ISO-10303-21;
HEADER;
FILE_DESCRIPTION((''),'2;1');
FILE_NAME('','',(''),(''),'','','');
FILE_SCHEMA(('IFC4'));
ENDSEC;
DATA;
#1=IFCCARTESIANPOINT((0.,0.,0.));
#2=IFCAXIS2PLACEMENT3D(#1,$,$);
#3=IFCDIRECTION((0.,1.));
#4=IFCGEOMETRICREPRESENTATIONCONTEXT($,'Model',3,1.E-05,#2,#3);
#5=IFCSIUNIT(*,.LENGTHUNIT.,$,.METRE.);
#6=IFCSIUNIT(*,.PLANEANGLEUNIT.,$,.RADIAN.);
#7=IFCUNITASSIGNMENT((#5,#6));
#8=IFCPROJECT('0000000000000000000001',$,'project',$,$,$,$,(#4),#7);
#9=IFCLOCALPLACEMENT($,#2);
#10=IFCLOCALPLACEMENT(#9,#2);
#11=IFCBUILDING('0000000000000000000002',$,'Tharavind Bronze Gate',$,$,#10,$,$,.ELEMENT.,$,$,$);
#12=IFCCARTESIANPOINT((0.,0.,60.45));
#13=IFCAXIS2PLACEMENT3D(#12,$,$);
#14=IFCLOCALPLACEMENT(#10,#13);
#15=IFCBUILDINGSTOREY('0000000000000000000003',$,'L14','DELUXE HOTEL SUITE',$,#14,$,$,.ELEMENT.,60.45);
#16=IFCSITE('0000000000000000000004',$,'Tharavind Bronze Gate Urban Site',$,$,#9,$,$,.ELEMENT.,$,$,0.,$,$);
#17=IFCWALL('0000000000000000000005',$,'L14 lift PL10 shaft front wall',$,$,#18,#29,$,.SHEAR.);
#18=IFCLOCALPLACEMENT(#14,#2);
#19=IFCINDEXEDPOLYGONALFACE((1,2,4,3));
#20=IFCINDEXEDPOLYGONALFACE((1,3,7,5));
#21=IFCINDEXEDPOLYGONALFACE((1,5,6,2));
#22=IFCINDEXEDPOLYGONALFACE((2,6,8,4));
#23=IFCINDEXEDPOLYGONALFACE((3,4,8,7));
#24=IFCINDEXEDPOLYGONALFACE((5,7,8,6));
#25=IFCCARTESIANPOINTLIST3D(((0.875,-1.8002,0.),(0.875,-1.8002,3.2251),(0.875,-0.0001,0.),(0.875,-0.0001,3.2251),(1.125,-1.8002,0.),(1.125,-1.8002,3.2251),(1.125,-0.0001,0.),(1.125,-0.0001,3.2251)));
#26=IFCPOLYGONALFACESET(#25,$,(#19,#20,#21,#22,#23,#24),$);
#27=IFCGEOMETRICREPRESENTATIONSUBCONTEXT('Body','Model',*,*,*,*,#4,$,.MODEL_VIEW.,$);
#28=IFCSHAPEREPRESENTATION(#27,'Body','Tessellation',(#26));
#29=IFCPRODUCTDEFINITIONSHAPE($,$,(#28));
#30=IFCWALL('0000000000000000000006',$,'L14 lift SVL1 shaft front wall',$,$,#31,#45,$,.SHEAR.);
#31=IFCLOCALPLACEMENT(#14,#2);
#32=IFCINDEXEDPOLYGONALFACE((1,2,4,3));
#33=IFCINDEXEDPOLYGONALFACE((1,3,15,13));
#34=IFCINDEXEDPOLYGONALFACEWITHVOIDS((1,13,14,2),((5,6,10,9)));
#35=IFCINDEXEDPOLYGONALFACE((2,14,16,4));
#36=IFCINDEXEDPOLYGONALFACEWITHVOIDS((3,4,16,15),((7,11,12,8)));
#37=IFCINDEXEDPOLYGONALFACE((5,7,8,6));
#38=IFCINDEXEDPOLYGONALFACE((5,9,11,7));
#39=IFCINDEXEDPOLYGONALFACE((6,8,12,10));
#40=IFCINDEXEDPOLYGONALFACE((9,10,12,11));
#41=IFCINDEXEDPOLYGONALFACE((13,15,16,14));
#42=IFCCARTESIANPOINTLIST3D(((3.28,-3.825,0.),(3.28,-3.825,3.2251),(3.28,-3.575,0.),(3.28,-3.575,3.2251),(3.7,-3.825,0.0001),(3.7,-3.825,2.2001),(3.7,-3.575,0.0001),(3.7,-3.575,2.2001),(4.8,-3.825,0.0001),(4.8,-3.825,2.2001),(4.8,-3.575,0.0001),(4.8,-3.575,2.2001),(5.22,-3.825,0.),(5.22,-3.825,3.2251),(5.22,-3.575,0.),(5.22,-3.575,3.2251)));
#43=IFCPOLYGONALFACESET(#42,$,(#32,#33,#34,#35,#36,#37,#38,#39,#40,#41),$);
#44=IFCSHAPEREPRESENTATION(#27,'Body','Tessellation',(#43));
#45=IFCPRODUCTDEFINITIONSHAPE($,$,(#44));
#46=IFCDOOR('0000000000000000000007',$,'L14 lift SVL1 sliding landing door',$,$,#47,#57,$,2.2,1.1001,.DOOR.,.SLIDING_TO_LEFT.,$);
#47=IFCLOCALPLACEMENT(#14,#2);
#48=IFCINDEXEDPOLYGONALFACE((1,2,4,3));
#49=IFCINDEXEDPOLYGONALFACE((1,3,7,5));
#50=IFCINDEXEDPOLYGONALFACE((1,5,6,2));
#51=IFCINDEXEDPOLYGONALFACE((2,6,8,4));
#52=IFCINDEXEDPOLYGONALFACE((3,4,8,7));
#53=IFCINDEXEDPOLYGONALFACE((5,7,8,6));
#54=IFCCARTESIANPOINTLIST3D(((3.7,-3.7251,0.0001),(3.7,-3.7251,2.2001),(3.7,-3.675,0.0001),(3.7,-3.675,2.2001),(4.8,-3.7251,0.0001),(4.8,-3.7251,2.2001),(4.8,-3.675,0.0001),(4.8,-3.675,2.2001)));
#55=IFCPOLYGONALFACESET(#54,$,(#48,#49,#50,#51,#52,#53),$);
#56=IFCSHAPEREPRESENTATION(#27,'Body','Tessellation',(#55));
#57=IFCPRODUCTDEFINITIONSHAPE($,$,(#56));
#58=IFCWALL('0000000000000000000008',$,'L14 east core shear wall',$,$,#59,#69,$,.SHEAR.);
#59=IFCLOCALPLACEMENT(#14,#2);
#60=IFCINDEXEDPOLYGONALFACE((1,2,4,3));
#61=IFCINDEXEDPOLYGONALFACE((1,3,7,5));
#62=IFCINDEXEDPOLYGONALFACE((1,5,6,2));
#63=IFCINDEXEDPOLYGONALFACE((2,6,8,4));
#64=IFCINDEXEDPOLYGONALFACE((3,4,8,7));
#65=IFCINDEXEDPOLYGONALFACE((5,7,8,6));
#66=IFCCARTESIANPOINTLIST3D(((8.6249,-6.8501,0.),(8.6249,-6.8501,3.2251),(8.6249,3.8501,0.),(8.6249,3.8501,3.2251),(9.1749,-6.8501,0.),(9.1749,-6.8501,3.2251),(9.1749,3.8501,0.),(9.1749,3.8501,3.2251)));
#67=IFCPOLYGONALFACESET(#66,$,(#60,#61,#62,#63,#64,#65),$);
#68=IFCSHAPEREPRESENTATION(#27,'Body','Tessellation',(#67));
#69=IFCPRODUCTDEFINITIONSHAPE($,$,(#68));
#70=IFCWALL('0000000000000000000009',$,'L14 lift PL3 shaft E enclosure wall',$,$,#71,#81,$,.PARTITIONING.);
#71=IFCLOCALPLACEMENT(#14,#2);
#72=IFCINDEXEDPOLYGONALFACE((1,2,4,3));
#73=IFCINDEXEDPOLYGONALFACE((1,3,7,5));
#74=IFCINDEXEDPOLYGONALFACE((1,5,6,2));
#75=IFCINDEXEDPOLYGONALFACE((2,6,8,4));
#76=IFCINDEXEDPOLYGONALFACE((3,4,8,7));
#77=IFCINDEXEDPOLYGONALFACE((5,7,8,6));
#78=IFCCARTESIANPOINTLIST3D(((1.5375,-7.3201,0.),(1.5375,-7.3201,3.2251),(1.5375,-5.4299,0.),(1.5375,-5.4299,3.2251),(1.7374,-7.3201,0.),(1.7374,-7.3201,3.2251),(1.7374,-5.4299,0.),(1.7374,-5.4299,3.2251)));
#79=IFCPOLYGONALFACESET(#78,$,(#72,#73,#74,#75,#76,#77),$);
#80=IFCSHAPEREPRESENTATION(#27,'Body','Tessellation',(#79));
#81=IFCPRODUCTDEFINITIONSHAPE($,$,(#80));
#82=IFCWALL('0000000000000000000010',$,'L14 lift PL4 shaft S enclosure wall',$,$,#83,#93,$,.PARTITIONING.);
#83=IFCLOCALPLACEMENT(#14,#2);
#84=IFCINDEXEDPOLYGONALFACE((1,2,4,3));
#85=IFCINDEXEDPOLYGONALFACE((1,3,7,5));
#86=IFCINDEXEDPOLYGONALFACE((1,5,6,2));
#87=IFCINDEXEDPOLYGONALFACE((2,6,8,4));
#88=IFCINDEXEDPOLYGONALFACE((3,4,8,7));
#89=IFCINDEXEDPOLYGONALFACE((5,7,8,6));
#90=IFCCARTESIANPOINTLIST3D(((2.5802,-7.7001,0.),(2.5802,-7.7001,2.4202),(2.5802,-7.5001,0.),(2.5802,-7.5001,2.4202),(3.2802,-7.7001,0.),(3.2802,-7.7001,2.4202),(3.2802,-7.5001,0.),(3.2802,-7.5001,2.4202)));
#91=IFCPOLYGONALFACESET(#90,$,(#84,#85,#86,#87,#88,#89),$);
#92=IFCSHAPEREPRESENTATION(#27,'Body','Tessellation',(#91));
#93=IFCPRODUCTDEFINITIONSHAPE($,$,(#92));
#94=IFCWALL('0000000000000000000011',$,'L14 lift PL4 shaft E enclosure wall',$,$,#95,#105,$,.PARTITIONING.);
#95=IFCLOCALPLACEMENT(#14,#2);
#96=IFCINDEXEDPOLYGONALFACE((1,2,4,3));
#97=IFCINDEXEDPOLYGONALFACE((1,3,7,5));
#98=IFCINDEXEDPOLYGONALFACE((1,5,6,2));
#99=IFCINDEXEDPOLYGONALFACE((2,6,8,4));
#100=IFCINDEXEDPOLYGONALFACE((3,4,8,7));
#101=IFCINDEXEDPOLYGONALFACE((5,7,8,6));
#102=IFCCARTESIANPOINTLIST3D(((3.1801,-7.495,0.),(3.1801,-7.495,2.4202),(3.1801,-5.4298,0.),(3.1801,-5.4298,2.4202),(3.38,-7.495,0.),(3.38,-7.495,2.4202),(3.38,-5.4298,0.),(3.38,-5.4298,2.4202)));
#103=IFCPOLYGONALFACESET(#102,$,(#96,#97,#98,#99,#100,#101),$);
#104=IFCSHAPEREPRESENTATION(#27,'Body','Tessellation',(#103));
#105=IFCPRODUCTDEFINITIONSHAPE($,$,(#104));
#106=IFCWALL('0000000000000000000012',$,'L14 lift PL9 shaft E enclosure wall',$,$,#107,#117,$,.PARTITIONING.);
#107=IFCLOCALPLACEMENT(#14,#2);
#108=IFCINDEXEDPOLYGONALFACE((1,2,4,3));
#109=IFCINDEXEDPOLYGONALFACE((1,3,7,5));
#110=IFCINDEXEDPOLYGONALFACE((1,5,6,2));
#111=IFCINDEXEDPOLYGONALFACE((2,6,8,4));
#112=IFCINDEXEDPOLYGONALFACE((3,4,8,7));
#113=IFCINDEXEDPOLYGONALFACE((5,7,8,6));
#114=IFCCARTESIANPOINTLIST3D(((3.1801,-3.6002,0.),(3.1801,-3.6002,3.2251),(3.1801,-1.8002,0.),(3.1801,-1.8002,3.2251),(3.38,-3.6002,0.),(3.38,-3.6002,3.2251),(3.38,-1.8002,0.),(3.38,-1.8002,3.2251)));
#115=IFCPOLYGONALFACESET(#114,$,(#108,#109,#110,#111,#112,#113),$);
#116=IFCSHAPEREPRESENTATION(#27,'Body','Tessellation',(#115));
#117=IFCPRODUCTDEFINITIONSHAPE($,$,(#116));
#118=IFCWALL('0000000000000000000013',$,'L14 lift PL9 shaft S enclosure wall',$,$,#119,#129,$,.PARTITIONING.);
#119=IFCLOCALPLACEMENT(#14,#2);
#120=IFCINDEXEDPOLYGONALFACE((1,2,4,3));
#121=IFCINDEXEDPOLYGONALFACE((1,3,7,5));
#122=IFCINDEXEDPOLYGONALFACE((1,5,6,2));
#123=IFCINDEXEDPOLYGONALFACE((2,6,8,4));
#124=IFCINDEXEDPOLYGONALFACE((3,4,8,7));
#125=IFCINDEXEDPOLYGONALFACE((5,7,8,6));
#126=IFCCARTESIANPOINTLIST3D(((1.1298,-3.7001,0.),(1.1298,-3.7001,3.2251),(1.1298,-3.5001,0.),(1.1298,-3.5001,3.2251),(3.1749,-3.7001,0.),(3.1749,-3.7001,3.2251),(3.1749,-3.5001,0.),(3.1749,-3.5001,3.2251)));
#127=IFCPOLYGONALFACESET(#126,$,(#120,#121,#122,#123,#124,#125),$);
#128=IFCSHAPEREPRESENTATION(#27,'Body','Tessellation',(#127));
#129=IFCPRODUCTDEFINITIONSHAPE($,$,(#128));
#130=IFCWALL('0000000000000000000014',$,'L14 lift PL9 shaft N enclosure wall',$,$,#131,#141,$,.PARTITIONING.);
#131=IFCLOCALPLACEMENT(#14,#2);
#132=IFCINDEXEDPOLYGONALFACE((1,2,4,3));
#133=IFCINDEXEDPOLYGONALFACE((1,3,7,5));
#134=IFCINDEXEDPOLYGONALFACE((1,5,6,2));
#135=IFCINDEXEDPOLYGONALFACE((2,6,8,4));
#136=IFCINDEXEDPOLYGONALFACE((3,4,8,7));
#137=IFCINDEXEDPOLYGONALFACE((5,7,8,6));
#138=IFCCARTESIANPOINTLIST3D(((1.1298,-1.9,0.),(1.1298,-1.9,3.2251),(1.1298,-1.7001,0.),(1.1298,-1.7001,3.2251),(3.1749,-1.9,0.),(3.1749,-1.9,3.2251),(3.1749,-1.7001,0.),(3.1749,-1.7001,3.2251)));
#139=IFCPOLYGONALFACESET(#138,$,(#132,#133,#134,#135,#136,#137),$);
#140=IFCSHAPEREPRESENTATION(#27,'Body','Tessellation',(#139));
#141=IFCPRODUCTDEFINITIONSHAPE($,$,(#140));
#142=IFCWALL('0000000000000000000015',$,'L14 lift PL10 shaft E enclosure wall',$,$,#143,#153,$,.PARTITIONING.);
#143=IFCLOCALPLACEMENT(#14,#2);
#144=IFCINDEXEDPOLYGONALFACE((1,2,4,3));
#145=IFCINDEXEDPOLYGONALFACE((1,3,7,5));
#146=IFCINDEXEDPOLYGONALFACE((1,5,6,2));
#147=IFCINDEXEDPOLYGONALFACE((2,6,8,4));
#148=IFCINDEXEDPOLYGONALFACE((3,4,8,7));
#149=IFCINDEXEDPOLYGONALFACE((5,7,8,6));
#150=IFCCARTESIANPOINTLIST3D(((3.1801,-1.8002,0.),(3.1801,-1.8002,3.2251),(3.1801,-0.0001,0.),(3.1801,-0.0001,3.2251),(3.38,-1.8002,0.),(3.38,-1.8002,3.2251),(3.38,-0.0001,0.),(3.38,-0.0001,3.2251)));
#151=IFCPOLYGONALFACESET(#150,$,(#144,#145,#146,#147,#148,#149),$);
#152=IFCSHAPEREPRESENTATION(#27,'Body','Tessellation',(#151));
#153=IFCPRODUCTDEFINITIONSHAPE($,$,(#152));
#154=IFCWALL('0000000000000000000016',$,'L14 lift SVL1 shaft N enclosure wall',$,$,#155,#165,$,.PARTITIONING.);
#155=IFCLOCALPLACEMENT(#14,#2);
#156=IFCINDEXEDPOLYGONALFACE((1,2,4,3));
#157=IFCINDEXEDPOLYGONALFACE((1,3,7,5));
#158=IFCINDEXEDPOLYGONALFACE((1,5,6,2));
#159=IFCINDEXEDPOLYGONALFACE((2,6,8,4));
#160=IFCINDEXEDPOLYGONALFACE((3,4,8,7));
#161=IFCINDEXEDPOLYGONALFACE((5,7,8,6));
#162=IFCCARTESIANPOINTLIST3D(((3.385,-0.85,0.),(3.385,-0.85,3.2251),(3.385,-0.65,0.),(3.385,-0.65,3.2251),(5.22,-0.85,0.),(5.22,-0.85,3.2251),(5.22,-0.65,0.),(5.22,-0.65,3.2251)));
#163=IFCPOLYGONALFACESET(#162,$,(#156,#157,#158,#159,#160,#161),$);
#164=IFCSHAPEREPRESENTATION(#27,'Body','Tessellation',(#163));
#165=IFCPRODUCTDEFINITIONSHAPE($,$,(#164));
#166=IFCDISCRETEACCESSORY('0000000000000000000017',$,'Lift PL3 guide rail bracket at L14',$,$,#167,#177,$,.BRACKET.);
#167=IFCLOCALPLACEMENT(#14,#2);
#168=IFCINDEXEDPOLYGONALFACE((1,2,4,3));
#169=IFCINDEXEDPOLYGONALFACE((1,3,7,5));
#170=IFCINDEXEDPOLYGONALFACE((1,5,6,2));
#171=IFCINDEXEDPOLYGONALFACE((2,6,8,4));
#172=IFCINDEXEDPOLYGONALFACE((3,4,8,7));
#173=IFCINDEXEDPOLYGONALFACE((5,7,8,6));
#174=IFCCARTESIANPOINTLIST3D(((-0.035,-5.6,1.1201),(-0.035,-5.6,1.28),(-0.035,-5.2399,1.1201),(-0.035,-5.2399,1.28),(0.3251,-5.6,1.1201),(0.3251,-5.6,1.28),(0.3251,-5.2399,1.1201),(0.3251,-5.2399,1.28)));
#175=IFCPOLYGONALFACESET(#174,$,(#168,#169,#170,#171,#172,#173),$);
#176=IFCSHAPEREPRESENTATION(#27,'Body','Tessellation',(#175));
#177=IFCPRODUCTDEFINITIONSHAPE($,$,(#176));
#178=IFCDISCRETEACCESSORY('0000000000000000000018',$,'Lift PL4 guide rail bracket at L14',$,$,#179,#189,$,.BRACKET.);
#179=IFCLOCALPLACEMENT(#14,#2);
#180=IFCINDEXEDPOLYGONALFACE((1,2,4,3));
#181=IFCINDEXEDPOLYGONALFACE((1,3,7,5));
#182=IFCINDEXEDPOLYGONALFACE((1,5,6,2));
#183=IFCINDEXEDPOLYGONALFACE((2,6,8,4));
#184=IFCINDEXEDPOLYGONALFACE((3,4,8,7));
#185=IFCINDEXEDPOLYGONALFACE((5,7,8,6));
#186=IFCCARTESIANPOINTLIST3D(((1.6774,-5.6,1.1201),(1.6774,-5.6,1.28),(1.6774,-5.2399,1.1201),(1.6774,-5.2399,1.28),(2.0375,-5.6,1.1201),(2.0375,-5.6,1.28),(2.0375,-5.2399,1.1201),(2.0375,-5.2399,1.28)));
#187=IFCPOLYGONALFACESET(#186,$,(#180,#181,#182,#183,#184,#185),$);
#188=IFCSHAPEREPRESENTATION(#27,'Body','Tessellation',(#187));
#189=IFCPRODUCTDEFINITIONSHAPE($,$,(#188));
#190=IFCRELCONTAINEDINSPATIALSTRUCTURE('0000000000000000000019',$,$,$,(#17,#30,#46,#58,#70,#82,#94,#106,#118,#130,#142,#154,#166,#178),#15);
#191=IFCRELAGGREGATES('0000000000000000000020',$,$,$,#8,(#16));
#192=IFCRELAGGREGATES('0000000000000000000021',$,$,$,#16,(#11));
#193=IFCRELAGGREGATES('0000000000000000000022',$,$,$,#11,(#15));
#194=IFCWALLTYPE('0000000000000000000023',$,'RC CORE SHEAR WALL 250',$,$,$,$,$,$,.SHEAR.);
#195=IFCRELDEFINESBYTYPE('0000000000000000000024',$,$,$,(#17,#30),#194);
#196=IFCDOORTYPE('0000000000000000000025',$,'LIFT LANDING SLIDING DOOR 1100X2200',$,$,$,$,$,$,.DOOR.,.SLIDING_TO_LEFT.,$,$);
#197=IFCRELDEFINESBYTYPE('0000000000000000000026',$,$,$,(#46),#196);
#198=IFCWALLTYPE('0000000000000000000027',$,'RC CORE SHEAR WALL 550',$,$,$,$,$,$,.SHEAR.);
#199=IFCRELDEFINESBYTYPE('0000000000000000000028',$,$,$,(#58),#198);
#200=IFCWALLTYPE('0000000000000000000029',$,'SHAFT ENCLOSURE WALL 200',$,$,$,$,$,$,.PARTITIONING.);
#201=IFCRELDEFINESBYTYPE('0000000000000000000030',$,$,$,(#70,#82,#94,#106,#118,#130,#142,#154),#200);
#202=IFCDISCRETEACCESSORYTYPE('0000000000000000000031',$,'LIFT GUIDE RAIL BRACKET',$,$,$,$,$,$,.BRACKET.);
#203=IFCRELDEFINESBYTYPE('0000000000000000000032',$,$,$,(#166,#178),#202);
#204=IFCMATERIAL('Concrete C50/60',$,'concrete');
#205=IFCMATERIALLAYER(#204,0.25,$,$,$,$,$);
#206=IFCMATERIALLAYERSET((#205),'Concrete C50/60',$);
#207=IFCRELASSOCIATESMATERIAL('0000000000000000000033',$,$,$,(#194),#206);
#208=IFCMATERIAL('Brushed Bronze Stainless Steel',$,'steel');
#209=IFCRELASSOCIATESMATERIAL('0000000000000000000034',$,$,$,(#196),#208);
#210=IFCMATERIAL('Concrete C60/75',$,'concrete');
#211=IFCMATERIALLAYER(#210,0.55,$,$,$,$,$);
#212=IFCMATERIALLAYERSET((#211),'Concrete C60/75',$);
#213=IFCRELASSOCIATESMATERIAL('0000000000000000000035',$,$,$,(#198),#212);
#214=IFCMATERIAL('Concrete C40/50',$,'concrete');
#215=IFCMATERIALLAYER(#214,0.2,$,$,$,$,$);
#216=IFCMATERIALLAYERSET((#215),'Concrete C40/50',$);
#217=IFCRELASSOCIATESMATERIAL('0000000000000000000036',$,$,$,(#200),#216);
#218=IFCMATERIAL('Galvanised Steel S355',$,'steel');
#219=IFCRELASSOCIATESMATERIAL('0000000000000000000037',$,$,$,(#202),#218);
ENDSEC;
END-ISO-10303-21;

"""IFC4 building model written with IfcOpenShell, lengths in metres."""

from ifc_helpers import new_model, si_unit, direction, frame, frame_2d, origin, origin_2d, place, context, subcontext, project, spatial, rectangle, extrude, material, layer, layer_set, type_object, element, fill, save


model = new_model("IFC4")

# Units and contexts
model_context = context("Model", 3, precision=1e-05, world=origin(), true_north=direction((0.0, 1.0)))
body_context = subcontext(model_context, "Body", "Model", "MODEL_VIEW")
ifc_project = project(units=[si_unit("LENGTHUNIT", "METRE"), si_unit("PLANEANGLEUNIT", "RADIAN")], contexts=[model_context])

# Site, building, storey
site_placement = place(None, origin())
site = spatial("IfcSite", under=ifc_project, at=site_placement, Name="Tharavind Bronze Gate Urban Site", CompositionType="ELEMENT", RefElevation=0.0)
building_placement = place(site_placement, origin())
building = spatial("IfcBuilding", under=site, at=building_placement, Name="Tharavind Bronze Gate", CompositionType="ELEMENT")
storey_placement = place(building_placement, frame((0.0, 0.0, 60.45)))
storey = spatial("IfcBuildingStorey", under=building, at=storey_placement, Name="L14", Description="DELUXE HOTEL SUITE", CompositionType="ELEMENT", Elevation=60.45)

# Shared definitions
ifc_material_1 = material(Name="Concrete C50/60", Category="concrete")
ifc_layer_1 = layer(ifc_material_1, 0.25)
ifc_layer_set_1 = layer_set([ifc_layer_1], Name="Concrete C50/60")
wall_type_1 = type_object("IfcWallType", Name="RC CORE SHEAR WALL 250", PredefinedType="SHEAR", material=ifc_layer_set_1)

# Shared definitions
ifc_material_2 = material(Name="Brushed Bronze Stainless Steel", Category="steel")
door_type_1 = type_object("IfcDoorType", Name="LIFT LANDING SLIDING DOOR 1100X2200", OperationType="SLIDING_TO_LEFT", PredefinedType="DOOR", material=ifc_material_2)

# Wall
for number, where, z_axis, x_axis, name in (
    (1, (1.0, -1.8, 0.0), (0.0, 0.0, 1.0), (0.0, 1.0, 0.0), "L14 lift PL10 shaft front wall"),
):
    element("IfcWall", number, at=place(storey_placement, frame(where, z_axis=z_axis, x_axis=x_axis)), inside=storey, type_object=wall_type_1, Name=name, PredefinedType="SHEAR", context=body_context, shape_type="SweptSolid", body=[
        extrude(rectangle(XDim=1.8, YDim=0.25, at=frame_2d((0.8999, 0.0))), origin(), (0.0, 0.0, 1.0), 3.2251),
    ])

# Wall, opening, door
wall_1_placement = place(storey_placement, frame((3.28, -3.7, 0.0), z_axis=(0.0, 0.0, 1.0), x_axis=(1.0, 0.0, 0.0)))
wall_1 = element("IfcWall", 2, at=wall_1_placement, inside=storey, type_object=wall_type_1, Name="L14 lift SVL1 shaft front wall", PredefinedType="SHEAR", context=body_context, shape_type="SweptSolid", body=[
    extrude(rectangle(XDim=1.9399, YDim=0.25, at=frame_2d((0.97, 0.0))), origin(), (0.0, 0.0, 1.0), 3.2251),
])
opening_1_placement = place(wall_1_placement, frame((0.4199, 0.0, 0.0)))
opening_1 = element("IfcOpeningElement", 3, at=opening_1_placement, cuts=wall_1, PredefinedType="OPENING", context=body_context, shape_type="SweptSolid", body=[
    extrude(rectangle(XDim=1.1001, YDim=2.2, at=frame_2d((0.55, 1.1001))), frame((0.0, 0.135, 0.0), z_axis=(0.0, -1.0, 0.0), x_axis=(1.0, 0.0, 0.0)), (0.0, 0.0, 1.0), 0.27),
])
door_1_placement = place(opening_1_placement, origin())
door_1 = element("IfcDoor", 4, at=door_1_placement, inside=storey, type_object=door_type_1, Name="L14 lift SVL1 sliding landing door", OperationType="SLIDING_TO_LEFT", OverallHeight=2.2, OverallWidth=1.1001, PredefinedType="DOOR", context=body_context, shape_type="SweptSolid", body=[
    extrude(rectangle(XDim=1.1001, YDim=2.2, at=frame_2d((0.55, 1.1001))), frame((0.0, 0.0249, 0.0), z_axis=(0.0, -1.0, 0.0), x_axis=(1.0, 0.0, 0.0)), (0.0, 0.0, 1.0), 0.05),
])
fill(opening_1, door_1)

# Walls
ifc_material_3 = material(Name="Concrete C60/75", Category="concrete")
ifc_layer_2 = layer(ifc_material_3, 0.55)
ifc_layer_set_2 = layer_set([ifc_layer_2], Name="Concrete C60/75")
wall_type_2 = type_object("IfcWallType", Name="RC CORE SHEAR WALL 550", PredefinedType="SHEAR", material=ifc_layer_set_2)
wall_2_placement = place(storey_placement, frame((8.8999, -6.8501, 0.0), z_axis=(0.0, 0.0, 1.0), x_axis=(0.0, 1.0, 0.0)))
element("IfcWall", 5, at=wall_2_placement, inside=storey, type_object=wall_type_2, Name="L14 east core shear wall", PredefinedType="SHEAR", context=body_context, shape_type="SweptSolid", body=[
    extrude(rectangle(XDim=10.7002, YDim=0.55, at=frame_2d((5.3501, 0.0))), origin(), (0.0, 0.0, 1.0), 3.2251),
])
ifc_material_4 = material(Name="Concrete C40/50", Category="concrete")
ifc_layer_3 = layer(ifc_material_4, 0.2)
ifc_layer_set_3 = layer_set([ifc_layer_3], Name="Concrete C40/50")
wall_type_3 = type_object("IfcWallType", Name="SHAFT ENCLOSURE WALL 200", PredefinedType="PARTITIONING", material=ifc_layer_set_3)
wall_3_placement = place(storey_placement, frame((1.6375, -7.3201, 0.0), z_axis=(0.0, 0.0, 1.0), x_axis=(0.0, 1.0, 0.0)))
element("IfcWall", 6, at=wall_3_placement, inside=storey, type_object=wall_type_3, Name="L14 lift PL3 shaft E enclosure wall", PredefinedType="PARTITIONING", context=body_context, shape_type="SweptSolid", body=[
    extrude(rectangle(XDim=1.8901, YDim=0.2, at=frame_2d((0.9451, 0.0))), origin(), (0.0, 0.0, 1.0), 3.2251),
])
wall_4_placement = place(storey_placement, frame((2.5801, -7.6001, 0.0), z_axis=(0.0, 0.0, 1.0), x_axis=(1.0, 0.0, 0.0)))
element("IfcWall", 7, at=wall_4_placement, inside=storey, type_object=wall_type_3, Name="L14 lift PL4 shaft S enclosure wall", PredefinedType="PARTITIONING", context=body_context, shape_type="SweptSolid", body=[
    extrude(rectangle(XDim=0.7, YDim=0.2, at=frame_2d((0.3501, 0.0))), origin(), (0.0, 0.0, 1.0), 2.4202),
])
wall_5_placement = place(storey_placement, frame((3.28, -7.4951, 0.0), z_axis=(0.0, 0.0, 1.0), x_axis=(0.0, 1.0, 0.0)))
element("IfcWall", 8, at=wall_5_placement, inside=storey, type_object=wall_type_3, Name="L14 lift PL4 shaft E enclosure wall", PredefinedType="PARTITIONING", context=body_context, shape_type="SweptSolid", body=[
    extrude(rectangle(XDim=2.0652, YDim=0.2, at=frame_2d((1.0327, 0.0))), origin(), (0.0, 0.0, 1.0), 2.4202),
])
wall_6_placement = place(storey_placement, frame((3.28, -3.6001, 0.0), z_axis=(0.0, 0.0, 1.0), x_axis=(0.0, 1.0, 0.0)))
element("IfcWall", 9, at=wall_6_placement, inside=storey, type_object=wall_type_3, Name="L14 lift PL9 shaft E enclosure wall", PredefinedType="PARTITIONING", context=body_context, shape_type="SweptSolid", body=[
    extrude(rectangle(XDim=1.8, YDim=0.2, at=frame_2d((0.8999, 0.0))), origin(), (0.0, 0.0, 1.0), 3.2251),
])
for number, where, z_axis, x_axis, name in (
    (10, (1.1299, -3.6001, 0.0), (0.0, 0.0, 1.0), (1.0, 0.0, 0.0), "L14 lift PL9 shaft S enclosure wall"),
    (11, (1.1299, -1.8, 0.0), (0.0, 0.0, 1.0), (1.0, 0.0, 0.0), "L14 lift PL9 shaft N enclosure wall"),
):
    element("IfcWall", number, at=place(storey_placement, frame(where, z_axis=z_axis, x_axis=x_axis)), inside=storey, type_object=wall_type_3, Name=name, PredefinedType="PARTITIONING", context=body_context, shape_type="SweptSolid", body=[
        extrude(rectangle(XDim=2.0452, YDim=0.2, at=frame_2d((1.0225, 0.0))), origin(), (0.0, 0.0, 1.0), 3.2251),
    ])
wall_7_placement = place(storey_placement, frame((3.28, -1.8, 0.0), z_axis=(0.0, 0.0, 1.0), x_axis=(0.0, 1.0, 0.0)))
element("IfcWall", 12, at=wall_7_placement, inside=storey, type_object=wall_type_3, Name="L14 lift PL10 shaft E enclosure wall", PredefinedType="PARTITIONING", context=body_context, shape_type="SweptSolid", body=[
    extrude(rectangle(XDim=1.8, YDim=0.2, at=frame_2d((0.8999, 0.0))), origin(), (0.0, 0.0, 1.0), 3.2251),
])
wall_8_placement = place(storey_placement, frame((3.385, -0.75, 0.0), z_axis=(0.0, 0.0, 1.0), x_axis=(1.0, 0.0, 0.0)))
element("IfcWall", 13, at=wall_8_placement, inside=storey, type_object=wall_type_3, Name="L14 lift SVL1 shaft N enclosure wall", PredefinedType="PARTITIONING", context=body_context, shape_type="SweptSolid", body=[
    extrude(rectangle(XDim=1.835, YDim=0.2, at=frame_2d((0.9175, 0.0))), origin(), (0.0, 0.0, 1.0), 3.2251),
])

# Discrete accessories
ifc_material_5 = material(Name="Galvanised Steel S355", Category="steel")
discrete_accessory_type = type_object("IfcDiscreteAccessoryType", Name="LIFT GUIDE RAIL BRACKET", PredefinedType="BRACKET", material=ifc_material_5)
for number, where, z_axis, x_axis, name in (
    (14, (0.145, -5.4199, 1.1201), (0.0, 0.0, 1.0), (1.0, 0.0, 0.0), "Lift PL3 guide rail bracket at L14"),
    (15, (1.8574, -5.4199, 1.1201), (0.0, 0.0, 1.0), (1.0, 0.0, 0.0), "Lift PL4 guide rail bracket at L14"),
):
    element("IfcDiscreteAccessory", number, at=place(storey_placement, frame(where, z_axis=z_axis, x_axis=x_axis)), inside=storey, type_object=discrete_accessory_type, Name=name, PredefinedType="BRACKET", context=body_context, shape_type="SweptSolid", body=[
        extrude(rectangle(XDim=0.3601, YDim=0.3601, at=origin_2d()), origin(), (0.0, 0.0, 1.0), 0.1599),
    ])

save(model, "model.ifc")
